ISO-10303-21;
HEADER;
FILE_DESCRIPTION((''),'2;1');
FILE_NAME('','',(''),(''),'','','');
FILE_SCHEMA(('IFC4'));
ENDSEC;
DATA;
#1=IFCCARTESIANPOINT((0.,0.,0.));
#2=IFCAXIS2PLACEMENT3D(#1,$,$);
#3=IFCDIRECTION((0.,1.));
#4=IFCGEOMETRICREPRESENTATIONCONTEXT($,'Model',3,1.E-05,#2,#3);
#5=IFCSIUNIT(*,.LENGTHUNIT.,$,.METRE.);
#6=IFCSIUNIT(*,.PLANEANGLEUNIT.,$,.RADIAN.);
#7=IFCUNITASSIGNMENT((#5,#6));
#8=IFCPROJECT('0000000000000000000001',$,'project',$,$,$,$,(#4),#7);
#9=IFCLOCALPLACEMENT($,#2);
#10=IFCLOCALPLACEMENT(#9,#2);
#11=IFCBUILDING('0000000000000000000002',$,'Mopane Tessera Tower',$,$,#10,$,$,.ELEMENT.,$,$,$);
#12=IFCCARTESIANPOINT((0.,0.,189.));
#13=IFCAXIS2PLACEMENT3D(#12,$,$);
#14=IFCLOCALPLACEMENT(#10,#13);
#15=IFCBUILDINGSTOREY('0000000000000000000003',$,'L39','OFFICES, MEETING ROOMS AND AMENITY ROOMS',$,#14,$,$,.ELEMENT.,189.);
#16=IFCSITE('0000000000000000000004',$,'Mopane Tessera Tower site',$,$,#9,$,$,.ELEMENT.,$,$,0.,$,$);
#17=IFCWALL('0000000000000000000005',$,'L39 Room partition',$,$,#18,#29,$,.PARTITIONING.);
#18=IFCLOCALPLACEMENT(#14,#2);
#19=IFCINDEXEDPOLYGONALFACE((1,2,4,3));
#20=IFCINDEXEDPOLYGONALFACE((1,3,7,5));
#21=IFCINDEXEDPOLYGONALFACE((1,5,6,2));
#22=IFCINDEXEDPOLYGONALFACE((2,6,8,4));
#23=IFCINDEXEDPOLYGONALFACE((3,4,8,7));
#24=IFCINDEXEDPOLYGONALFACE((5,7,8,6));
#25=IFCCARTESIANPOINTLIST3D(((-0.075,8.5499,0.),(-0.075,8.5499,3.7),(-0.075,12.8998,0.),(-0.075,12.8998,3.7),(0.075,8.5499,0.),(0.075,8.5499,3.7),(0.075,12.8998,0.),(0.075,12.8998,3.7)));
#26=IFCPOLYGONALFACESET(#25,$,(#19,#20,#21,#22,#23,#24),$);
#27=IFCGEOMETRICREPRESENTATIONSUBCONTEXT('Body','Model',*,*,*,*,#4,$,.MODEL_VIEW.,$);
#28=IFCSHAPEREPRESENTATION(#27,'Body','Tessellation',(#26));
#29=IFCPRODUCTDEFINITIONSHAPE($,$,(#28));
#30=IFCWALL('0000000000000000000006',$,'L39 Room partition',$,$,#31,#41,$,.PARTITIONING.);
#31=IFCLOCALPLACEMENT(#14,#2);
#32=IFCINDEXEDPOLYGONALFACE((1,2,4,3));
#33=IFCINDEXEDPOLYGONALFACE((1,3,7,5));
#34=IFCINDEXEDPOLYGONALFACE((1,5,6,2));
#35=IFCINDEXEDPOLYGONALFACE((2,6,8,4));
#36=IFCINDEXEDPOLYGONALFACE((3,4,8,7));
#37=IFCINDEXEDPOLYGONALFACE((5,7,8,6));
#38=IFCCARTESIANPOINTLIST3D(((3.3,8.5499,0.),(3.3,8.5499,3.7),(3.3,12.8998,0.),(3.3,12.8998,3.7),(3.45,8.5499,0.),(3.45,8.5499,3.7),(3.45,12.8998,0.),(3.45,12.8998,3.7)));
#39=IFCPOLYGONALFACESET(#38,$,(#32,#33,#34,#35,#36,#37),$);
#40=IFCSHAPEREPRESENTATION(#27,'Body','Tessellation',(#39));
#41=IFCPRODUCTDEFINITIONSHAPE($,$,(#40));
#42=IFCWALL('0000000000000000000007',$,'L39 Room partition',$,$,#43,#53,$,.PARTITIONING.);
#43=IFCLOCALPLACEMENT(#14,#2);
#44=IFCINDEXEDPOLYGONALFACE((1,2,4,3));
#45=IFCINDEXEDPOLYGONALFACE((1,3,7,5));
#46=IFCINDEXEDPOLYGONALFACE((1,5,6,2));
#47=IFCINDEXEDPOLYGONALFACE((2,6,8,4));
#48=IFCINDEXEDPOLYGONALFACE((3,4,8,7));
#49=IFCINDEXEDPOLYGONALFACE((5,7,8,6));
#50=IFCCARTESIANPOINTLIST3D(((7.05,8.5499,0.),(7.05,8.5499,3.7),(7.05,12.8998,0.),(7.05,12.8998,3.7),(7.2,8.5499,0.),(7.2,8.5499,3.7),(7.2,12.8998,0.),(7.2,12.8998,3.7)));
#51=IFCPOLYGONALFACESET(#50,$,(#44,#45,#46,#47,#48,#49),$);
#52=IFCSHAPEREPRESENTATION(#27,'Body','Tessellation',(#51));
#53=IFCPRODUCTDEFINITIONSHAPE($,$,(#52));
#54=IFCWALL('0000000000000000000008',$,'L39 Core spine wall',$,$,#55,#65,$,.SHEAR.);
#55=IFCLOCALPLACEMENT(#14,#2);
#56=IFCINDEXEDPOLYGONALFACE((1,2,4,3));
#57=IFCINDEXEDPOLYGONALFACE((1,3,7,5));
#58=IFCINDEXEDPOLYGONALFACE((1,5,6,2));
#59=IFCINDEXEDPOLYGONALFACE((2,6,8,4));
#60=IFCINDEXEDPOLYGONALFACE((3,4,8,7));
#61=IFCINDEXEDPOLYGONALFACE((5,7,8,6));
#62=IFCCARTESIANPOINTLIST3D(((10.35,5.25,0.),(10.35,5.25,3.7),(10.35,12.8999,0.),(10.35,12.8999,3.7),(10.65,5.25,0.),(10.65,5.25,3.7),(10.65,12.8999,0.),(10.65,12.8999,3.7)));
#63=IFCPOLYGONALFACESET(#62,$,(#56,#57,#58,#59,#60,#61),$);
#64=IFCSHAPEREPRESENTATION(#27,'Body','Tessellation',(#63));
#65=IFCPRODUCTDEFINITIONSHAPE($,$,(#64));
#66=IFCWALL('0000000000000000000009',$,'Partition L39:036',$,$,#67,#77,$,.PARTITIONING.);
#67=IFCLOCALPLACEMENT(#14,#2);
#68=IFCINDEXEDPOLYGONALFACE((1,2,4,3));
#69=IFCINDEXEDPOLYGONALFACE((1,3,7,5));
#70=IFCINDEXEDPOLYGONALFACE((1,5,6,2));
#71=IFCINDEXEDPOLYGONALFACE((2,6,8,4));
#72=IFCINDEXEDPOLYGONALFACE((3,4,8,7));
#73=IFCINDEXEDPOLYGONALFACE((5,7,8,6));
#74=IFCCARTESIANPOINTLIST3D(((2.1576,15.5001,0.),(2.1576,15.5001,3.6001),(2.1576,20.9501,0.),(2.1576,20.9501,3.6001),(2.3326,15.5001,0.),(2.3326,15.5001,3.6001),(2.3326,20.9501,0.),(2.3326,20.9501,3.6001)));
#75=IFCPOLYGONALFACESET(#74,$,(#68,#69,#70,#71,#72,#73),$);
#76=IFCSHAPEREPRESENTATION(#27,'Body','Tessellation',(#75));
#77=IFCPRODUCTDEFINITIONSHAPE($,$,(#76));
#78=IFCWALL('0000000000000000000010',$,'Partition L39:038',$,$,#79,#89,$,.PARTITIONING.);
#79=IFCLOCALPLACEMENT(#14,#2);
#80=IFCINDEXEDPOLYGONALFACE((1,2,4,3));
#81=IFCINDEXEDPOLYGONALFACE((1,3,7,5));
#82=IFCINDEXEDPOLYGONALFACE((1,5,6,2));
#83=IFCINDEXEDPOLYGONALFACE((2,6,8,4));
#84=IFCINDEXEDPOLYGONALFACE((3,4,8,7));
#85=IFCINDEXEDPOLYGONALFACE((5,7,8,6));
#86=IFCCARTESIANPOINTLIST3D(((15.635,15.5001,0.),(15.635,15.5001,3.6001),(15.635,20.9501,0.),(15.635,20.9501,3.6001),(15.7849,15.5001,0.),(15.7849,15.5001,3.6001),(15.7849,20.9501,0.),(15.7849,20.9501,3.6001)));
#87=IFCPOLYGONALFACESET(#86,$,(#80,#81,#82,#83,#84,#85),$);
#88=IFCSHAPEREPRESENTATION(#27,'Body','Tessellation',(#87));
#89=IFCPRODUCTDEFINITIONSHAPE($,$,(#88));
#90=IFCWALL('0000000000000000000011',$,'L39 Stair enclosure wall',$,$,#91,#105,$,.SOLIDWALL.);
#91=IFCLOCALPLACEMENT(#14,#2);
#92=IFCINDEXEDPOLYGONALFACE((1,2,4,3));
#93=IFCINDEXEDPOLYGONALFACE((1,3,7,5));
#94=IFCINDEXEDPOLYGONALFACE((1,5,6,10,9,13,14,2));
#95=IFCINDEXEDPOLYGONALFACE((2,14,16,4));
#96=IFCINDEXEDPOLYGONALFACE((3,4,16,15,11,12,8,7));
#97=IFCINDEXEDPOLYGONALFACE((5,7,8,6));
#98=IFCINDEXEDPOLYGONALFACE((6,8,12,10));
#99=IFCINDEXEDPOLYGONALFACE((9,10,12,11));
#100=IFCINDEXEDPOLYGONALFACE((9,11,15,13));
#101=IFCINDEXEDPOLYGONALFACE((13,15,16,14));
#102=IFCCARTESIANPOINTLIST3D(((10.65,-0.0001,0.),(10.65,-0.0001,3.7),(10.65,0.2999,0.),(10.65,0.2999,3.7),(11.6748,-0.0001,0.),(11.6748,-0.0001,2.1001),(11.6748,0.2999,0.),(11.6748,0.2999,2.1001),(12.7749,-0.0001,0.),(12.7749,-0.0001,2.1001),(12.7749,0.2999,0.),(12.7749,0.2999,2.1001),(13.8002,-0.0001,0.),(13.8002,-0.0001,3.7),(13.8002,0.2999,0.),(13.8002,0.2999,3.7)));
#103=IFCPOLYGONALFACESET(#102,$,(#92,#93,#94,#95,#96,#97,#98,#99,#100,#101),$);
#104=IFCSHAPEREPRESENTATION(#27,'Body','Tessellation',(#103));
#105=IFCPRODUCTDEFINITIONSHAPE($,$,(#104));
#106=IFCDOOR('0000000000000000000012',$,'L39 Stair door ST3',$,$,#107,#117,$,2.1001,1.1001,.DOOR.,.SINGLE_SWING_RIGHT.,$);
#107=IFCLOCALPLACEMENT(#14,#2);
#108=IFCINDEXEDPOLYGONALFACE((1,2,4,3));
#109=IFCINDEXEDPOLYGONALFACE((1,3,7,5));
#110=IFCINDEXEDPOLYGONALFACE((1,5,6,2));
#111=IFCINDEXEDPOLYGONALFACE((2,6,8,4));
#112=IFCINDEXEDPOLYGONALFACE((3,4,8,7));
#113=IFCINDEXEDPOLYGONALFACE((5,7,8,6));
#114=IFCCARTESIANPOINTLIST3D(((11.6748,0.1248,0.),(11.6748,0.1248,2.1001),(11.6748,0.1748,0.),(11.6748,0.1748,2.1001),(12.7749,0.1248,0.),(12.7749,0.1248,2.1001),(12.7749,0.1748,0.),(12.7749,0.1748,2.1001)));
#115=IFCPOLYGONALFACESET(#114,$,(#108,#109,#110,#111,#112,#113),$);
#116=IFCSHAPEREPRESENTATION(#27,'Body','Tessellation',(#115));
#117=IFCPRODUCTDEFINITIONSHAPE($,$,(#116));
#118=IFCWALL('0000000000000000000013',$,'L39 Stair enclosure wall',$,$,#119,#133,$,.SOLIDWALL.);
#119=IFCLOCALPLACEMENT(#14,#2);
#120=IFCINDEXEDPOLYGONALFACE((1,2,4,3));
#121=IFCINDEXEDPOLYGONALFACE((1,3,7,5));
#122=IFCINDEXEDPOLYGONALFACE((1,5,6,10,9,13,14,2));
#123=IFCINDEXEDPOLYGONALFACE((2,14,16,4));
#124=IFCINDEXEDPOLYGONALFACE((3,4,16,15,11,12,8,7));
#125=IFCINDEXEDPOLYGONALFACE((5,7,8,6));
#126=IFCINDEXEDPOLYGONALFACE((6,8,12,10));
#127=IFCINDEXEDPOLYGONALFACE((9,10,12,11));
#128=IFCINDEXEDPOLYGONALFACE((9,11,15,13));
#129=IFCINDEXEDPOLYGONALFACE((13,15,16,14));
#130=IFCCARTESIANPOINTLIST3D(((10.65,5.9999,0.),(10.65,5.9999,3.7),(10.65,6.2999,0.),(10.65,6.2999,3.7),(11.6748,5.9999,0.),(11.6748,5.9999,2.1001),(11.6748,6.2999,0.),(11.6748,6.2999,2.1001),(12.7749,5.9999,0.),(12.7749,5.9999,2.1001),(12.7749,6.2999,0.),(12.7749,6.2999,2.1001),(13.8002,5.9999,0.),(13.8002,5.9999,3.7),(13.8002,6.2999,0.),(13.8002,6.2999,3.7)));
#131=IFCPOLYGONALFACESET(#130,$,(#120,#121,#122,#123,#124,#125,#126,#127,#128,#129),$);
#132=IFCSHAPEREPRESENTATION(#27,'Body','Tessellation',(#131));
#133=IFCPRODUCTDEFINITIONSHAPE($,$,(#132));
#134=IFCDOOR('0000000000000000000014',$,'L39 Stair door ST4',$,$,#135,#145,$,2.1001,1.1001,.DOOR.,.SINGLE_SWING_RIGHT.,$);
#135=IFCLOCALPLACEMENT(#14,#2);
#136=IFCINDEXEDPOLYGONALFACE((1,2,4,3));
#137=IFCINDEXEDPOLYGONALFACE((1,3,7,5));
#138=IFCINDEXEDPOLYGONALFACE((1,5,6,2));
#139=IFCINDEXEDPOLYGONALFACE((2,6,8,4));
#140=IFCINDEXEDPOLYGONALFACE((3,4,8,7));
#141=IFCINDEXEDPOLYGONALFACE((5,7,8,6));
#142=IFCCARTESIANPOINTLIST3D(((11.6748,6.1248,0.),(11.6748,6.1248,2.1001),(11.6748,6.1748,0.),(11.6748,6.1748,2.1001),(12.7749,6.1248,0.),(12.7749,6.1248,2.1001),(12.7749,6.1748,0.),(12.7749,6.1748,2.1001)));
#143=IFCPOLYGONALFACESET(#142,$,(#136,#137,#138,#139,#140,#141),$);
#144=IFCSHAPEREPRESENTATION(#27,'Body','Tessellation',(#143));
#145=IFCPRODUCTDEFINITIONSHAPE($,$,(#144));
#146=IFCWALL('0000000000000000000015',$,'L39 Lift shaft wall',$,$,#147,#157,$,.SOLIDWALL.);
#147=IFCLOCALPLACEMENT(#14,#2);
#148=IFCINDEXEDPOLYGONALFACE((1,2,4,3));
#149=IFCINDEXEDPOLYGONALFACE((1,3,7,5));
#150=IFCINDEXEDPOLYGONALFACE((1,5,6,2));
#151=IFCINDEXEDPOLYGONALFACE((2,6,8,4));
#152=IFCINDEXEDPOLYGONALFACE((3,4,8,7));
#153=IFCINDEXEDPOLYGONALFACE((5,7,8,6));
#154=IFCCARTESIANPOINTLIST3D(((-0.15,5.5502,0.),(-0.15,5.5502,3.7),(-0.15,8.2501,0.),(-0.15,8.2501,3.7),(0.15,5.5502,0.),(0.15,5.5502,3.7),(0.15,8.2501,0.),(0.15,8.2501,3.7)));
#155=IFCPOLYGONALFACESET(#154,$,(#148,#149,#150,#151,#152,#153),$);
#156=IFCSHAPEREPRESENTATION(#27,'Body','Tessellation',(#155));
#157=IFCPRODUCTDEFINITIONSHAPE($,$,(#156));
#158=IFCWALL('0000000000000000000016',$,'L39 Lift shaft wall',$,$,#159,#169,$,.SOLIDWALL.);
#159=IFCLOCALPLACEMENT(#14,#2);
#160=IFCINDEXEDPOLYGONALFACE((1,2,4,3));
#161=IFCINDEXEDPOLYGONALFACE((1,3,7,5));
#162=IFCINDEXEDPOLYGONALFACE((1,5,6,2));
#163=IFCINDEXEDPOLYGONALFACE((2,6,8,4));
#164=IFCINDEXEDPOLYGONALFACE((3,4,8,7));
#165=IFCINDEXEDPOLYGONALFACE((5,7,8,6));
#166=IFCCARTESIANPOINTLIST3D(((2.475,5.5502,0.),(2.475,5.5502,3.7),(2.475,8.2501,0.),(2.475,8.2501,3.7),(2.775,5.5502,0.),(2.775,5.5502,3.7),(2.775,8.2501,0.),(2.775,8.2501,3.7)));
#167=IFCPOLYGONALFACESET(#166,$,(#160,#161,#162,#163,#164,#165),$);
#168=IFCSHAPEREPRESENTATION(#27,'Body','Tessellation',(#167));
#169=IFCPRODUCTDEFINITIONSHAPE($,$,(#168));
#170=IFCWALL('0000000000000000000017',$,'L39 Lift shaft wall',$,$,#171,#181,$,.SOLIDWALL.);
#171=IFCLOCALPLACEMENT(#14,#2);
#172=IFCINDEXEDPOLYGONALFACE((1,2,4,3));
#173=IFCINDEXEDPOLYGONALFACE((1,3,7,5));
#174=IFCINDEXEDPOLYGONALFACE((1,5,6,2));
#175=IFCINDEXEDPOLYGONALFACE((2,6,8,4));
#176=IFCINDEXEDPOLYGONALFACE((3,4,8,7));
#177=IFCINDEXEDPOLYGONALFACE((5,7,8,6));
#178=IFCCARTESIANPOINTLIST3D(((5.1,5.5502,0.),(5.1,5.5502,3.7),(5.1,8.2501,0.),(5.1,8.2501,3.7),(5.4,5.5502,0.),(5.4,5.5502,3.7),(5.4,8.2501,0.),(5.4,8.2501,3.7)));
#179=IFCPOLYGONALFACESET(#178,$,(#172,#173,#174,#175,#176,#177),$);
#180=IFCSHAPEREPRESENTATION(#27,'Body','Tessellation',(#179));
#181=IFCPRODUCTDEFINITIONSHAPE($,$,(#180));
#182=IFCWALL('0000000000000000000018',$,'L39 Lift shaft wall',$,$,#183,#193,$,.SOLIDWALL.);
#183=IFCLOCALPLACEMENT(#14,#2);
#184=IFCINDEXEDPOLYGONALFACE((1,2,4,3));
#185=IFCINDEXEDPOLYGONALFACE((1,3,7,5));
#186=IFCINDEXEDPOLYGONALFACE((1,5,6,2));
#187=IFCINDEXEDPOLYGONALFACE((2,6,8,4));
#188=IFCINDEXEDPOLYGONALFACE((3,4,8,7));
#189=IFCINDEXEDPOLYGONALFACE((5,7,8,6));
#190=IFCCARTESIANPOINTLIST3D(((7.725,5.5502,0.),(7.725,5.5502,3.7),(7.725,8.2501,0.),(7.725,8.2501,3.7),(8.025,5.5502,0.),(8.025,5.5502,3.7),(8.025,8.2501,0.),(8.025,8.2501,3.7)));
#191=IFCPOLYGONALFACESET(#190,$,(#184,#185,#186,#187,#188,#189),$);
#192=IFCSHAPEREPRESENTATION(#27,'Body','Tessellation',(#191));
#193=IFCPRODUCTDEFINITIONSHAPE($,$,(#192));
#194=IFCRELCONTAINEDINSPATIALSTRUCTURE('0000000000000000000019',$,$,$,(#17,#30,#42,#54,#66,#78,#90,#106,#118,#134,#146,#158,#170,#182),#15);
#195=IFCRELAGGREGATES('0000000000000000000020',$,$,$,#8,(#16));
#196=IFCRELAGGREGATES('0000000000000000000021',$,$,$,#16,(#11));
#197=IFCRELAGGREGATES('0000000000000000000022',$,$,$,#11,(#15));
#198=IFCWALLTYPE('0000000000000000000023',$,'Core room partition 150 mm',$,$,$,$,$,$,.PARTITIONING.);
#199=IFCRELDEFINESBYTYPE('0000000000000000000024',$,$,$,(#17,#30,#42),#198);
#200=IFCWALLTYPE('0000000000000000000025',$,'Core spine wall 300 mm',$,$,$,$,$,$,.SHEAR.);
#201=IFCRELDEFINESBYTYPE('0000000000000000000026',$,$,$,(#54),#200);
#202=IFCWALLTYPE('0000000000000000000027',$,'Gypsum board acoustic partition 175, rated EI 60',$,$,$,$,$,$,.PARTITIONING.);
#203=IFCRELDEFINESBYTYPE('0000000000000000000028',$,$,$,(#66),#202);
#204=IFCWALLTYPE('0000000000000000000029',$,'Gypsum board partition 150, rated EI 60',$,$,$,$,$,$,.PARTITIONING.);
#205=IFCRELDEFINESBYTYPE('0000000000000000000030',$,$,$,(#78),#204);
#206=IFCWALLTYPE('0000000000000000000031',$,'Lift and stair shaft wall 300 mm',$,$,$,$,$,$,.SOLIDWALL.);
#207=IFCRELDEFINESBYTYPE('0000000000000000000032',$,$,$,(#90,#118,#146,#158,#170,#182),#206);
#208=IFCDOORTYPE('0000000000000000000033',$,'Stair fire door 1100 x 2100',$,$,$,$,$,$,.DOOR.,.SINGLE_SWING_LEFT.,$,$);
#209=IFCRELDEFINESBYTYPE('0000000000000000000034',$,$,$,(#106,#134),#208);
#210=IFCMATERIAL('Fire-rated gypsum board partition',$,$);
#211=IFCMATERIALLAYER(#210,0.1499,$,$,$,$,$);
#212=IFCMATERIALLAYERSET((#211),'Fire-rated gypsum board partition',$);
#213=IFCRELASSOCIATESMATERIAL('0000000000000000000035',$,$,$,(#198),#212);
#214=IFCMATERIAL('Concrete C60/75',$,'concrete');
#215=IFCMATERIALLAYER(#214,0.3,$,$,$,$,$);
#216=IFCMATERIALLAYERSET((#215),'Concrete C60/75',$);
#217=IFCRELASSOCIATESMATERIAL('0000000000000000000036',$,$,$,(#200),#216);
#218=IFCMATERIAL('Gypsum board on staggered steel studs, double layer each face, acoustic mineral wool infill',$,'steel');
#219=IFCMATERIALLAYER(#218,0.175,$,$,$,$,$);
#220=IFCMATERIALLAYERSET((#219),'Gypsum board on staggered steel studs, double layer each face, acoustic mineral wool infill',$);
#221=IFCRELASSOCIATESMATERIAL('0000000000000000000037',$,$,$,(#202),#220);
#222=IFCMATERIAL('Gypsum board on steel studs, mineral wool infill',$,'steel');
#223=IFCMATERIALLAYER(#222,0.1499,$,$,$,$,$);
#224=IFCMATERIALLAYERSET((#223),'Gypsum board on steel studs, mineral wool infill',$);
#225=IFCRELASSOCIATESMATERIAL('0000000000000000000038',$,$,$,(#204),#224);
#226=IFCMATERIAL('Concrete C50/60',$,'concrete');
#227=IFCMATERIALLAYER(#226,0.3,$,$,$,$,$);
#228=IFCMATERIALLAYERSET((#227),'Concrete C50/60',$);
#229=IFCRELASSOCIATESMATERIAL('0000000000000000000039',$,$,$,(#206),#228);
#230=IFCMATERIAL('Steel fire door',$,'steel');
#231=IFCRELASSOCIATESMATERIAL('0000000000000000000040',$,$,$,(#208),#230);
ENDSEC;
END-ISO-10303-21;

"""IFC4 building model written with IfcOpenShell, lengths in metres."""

from ifc_helpers import new_model, si_unit, direction, frame, frame_2d, origin, place, context, subcontext, project, spatial, rectangle, extrude, material, layer, layer_set, type_object, element, fill, save


model = new_model("IFC4")

# Units and contexts
model_context = context("Model", 3, precision=1e-05, world=origin(), true_north=direction((0.0, 1.0)))
body_context = subcontext(model_context, "Body", "Model", "MODEL_VIEW")
ifc_project = project(units=[si_unit("LENGTHUNIT", "METRE"), si_unit("PLANEANGLEUNIT", "RADIAN")], contexts=[model_context])

# Site, building, storey
site_placement = place(None, origin())
site = spatial("IfcSite", under=ifc_project, at=site_placement, Name="Mopane Tessera Tower site", CompositionType="ELEMENT", RefElevation=0.0)
building_placement = place(site_placement, origin())
building = spatial("IfcBuilding", under=site, at=building_placement, Name="Mopane Tessera Tower", CompositionType="ELEMENT")
storey_placement = place(building_placement, frame((0.0, 0.0, 189.0)))
storey = spatial("IfcBuildingStorey", under=building, at=storey_placement, Name="L39", Description="OFFICES, MEETING ROOMS AND AMENITY ROOMS", CompositionType="ELEMENT", Elevation=189.0)

# Walls
ifc_material_1 = material(Name="Fire-rated gypsum board partition")
ifc_layer_1 = layer(ifc_material_1, 0.1499)
ifc_layer_set_1 = layer_set([ifc_layer_1], Name="Fire-rated gypsum board partition")
wall_type_1 = type_object("IfcWallType", Name="Core room partition 150 mm", PredefinedType="PARTITIONING", material=ifc_layer_set_1)
for number, where, z_axis, x_axis, name in (
    (1, (0.0, 8.55, 0.0), (0.0, 0.0, 1.0), (0.0, 1.0, 0.0), "L39 Room partition"),
    (2, (3.375, 8.55, 0.0), (0.0, 0.0, 1.0), (0.0, 1.0, 0.0), "L39 Room partition"),
    (3, (7.125, 8.55, 0.0), (0.0, 0.0, 1.0), (0.0, 1.0, 0.0), "L39 Room partition"),
):
    element("IfcWall", number, at=place(storey_placement, frame(where, z_axis=z_axis, x_axis=x_axis)), inside=storey, type_object=wall_type_1, Name=name, PredefinedType="PARTITIONING", context=body_context, shape_type="SweptSolid", body=[
        extrude(rectangle(XDim=4.3499, YDim=0.1499, at=frame_2d((2.1748, 0.0))), origin(), (0.0, 0.0, 1.0), 3.7),
    ])
ifc_material_2 = material(Name="Concrete C60/75", Category="concrete")
ifc_layer_2 = layer(ifc_material_2, 0.3)
ifc_layer_set_2 = layer_set([ifc_layer_2], Name="Concrete C60/75")
wall_type_2 = type_object("IfcWallType", Name="Core spine wall 300 mm", PredefinedType="SHEAR", material=ifc_layer_set_2)
wall_1_placement = place(storey_placement, frame((10.5, 5.25, 0.0), z_axis=(0.0, 0.0, 1.0), x_axis=(0.0, 1.0, 0.0)))
element("IfcWall", 4, at=wall_1_placement, inside=storey, type_object=wall_type_2, Name="L39 Core spine wall", PredefinedType="SHEAR", context=body_context, shape_type="SweptSolid", body=[
    extrude(rectangle(XDim=7.6499, YDim=0.3, at=frame_2d((3.825, 0.0))), origin(), (0.0, 0.0, 1.0), 3.7),
])
ifc_material_3 = material(Name="Gypsum board on staggered steel studs, double layer each face, acoustic mineral wool infill", Category="steel")
ifc_layer_3 = layer(ifc_material_3, 0.175)
ifc_layer_set_3 = layer_set([ifc_layer_3], Name="Gypsum board on staggered steel studs, double layer each face, acoustic mineral wool infill")
wall_type_3 = type_object("IfcWallType", Name="Gypsum board acoustic partition 175, rated EI 60", PredefinedType="PARTITIONING", material=ifc_layer_set_3)
wall_2_placement = place(storey_placement, frame((2.2451, 15.5, 0.0), z_axis=(0.0, 0.0, 1.0), x_axis=(0.0, 1.0, 0.0)))
element("IfcWall", 5, at=wall_2_placement, inside=storey, type_object=wall_type_3, Name="Partition L39:036", PredefinedType="PARTITIONING", context=body_context, shape_type="SweptSolid", body=[
    extrude(rectangle(XDim=5.45, YDim=0.175, at=frame_2d((2.7251, 0.0))), origin(), (0.0, 0.0, 1.0), 3.6001),
])
ifc_material_4 = material(Name="Gypsum board on steel studs, mineral wool infill", Category="steel")
ifc_layer_4 = layer(ifc_material_4, 0.1499)
ifc_layer_set_4 = layer_set([ifc_layer_4], Name="Gypsum board on steel studs, mineral wool infill")
wall_type_4 = type_object("IfcWallType", Name="Gypsum board partition 150, rated EI 60", PredefinedType="PARTITIONING", material=ifc_layer_set_4)
wall_3_placement = place(storey_placement, frame((15.71, 15.5, 0.0), z_axis=(0.0, 0.0, 1.0), x_axis=(0.0, 1.0, 0.0)))
element("IfcWall", 6, at=wall_3_placement, inside=storey, type_object=wall_type_4, Name="Partition L39:038", PredefinedType="PARTITIONING", context=body_context, shape_type="SweptSolid", body=[
    extrude(rectangle(XDim=5.45, YDim=0.1499, at=frame_2d((2.7251, 0.0))), origin(), (0.0, 0.0, 1.0), 3.6001),
])

# Walls, openings, doors
ifc_material_5 = material(Name="Concrete C50/60", Category="concrete")
ifc_layer_5 = layer(ifc_material_5, 0.3)
ifc_layer_set_5 = layer_set([ifc_layer_5], Name="Concrete C50/60")
wall_type_5 = type_object("IfcWallType", Name="Lift and stair shaft wall 300 mm", PredefinedType="SOLIDWALL", material=ifc_layer_set_5)
wall_4_placement = place(storey_placement, frame((10.6499, 0.1499, 0.0), z_axis=(0.0, 0.0, 1.0), x_axis=(1.0, 0.0, 0.0)))
wall_4 = element("IfcWall", 7, at=wall_4_placement, inside=storey, type_object=wall_type_5, Name="L39 Stair enclosure wall", PredefinedType="SOLIDWALL", context=body_context, shape_type="SweptSolid", body=[
    extrude(rectangle(XDim=3.1501, YDim=0.3, at=frame_2d((1.5752, 0.0))), origin(), (0.0, 0.0, 1.0), 3.7),
])
opening_1_placement = place(wall_4_placement, frame((1.0249, 0.0, 0.0)))
opening_1 = element("IfcOpeningElement", 8, at=opening_1_placement, cuts=wall_4, PredefinedType="OPENING", context=body_context, shape_type="SweptSolid", body=[
    extrude(rectangle(XDim=1.1001, YDim=2.1001, at=frame_2d((0.55, 1.05))), frame((0.0, 0.1621, 0.0), z_axis=(0.0, -1.0, 0.0), x_axis=(1.0, 0.0, 0.0)), (0.0, 0.0, 1.0), 0.324),
])
ifc_material_6 = material(Name="Steel fire door", Category="steel")
door_type = type_object("IfcDoorType", Name="Stair fire door 1100 x 2100", OperationType="SINGLE_SWING_LEFT", PredefinedType="DOOR", material=ifc_material_6)
door_1_placement = place(opening_1_placement, origin())
door_1 = element("IfcDoor", 9, at=door_1_placement, inside=storey, type_object=door_type, Name="L39 Stair door ST3", OperationType="SINGLE_SWING_RIGHT", OverallHeight=2.1001, OverallWidth=1.1001, PredefinedType="DOOR", context=body_context, shape_type="SweptSolid", body=[
    extrude(rectangle(XDim=1.1001, YDim=2.1001, at=frame_2d((0.55, 1.05))), frame((0.0, 0.0249, 0.0), z_axis=(0.0, -1.0, 0.0), x_axis=(1.0, 0.0, 0.0)), (0.0, 0.0, 1.0), 0.05),
])
fill(opening_1, door_1)
wall_5_placement = place(storey_placement, frame((10.6499, 6.1499, 0.0), z_axis=(0.0, 0.0, 1.0), x_axis=(1.0, 0.0, 0.0)))
wall_5 = element("IfcWall", 10, at=wall_5_placement, inside=storey, type_object=wall_type_5, Name="L39 Stair enclosure wall", PredefinedType="SOLIDWALL", context=body_context, shape_type="SweptSolid", body=[
    extrude(rectangle(XDim=3.1501, YDim=0.3, at=frame_2d((1.5752, 0.0))), origin(), (0.0, 0.0, 1.0), 3.7),
])
opening_2_placement = place(wall_5_placement, frame((1.0249, 0.0, 0.0)))
opening_2 = element("IfcOpeningElement", 11, at=opening_2_placement, cuts=wall_5, PredefinedType="OPENING", context=body_context, shape_type="SweptSolid", body=[
    extrude(rectangle(XDim=1.1001, YDim=2.1001, at=frame_2d((0.55, 1.05))), frame((0.0, 0.1621, 0.0), z_axis=(0.0, -1.0, 0.0), x_axis=(1.0, 0.0, 0.0)), (0.0, 0.0, 1.0), 0.324),
])
door_2_placement = place(opening_2_placement, origin())
door_2 = element("IfcDoor", 12, at=door_2_placement, inside=storey, type_object=door_type, Name="L39 Stair door ST4", OperationType="SINGLE_SWING_RIGHT", OverallHeight=2.1001, OverallWidth=1.1001, PredefinedType="DOOR", context=body_context, shape_type="SweptSolid", body=[
    extrude(rectangle(XDim=1.1001, YDim=2.1001, at=frame_2d((0.55, 1.05))), frame((0.0, 0.0249, 0.0), z_axis=(0.0, -1.0, 0.0), x_axis=(1.0, 0.0, 0.0)), (0.0, 0.0, 1.0), 0.05),
])
fill(opening_2, door_2)

# Walls
for number, where, z_axis, x_axis, name in (
    (13, (0.0, 5.55, 0.0), (0.0, 0.0, 1.0), (0.0, 1.0, 0.0), "L39 Lift shaft wall"),
    (14, (2.625, 5.55, 0.0), (0.0, 0.0, 1.0), (0.0, 1.0, 0.0), "L39 Lift shaft wall"),
    (15, (5.25, 5.55, 0.0), (0.0, 0.0, 1.0), (0.0, 1.0, 0.0), "L39 Lift shaft wall"),
    (16, (7.875, 5.55, 0.0), (0.0, 0.0, 1.0), (0.0, 1.0, 0.0), "L39 Lift shaft wall"),
):
    element("IfcWall", number, at=place(storey_placement, frame(where, z_axis=z_axis, x_axis=x_axis)), inside=storey, type_object=wall_type_5, Name=name, PredefinedType="SOLIDWALL", context=body_context, shape_type="SweptSolid", body=[
        extrude(rectangle(XDim=2.7, YDim=0.3, at=frame_2d((1.3501, 0.0))), origin(), (0.0, 0.0, 1.0), 3.7),
    ])

save(model, "model.ifc")
